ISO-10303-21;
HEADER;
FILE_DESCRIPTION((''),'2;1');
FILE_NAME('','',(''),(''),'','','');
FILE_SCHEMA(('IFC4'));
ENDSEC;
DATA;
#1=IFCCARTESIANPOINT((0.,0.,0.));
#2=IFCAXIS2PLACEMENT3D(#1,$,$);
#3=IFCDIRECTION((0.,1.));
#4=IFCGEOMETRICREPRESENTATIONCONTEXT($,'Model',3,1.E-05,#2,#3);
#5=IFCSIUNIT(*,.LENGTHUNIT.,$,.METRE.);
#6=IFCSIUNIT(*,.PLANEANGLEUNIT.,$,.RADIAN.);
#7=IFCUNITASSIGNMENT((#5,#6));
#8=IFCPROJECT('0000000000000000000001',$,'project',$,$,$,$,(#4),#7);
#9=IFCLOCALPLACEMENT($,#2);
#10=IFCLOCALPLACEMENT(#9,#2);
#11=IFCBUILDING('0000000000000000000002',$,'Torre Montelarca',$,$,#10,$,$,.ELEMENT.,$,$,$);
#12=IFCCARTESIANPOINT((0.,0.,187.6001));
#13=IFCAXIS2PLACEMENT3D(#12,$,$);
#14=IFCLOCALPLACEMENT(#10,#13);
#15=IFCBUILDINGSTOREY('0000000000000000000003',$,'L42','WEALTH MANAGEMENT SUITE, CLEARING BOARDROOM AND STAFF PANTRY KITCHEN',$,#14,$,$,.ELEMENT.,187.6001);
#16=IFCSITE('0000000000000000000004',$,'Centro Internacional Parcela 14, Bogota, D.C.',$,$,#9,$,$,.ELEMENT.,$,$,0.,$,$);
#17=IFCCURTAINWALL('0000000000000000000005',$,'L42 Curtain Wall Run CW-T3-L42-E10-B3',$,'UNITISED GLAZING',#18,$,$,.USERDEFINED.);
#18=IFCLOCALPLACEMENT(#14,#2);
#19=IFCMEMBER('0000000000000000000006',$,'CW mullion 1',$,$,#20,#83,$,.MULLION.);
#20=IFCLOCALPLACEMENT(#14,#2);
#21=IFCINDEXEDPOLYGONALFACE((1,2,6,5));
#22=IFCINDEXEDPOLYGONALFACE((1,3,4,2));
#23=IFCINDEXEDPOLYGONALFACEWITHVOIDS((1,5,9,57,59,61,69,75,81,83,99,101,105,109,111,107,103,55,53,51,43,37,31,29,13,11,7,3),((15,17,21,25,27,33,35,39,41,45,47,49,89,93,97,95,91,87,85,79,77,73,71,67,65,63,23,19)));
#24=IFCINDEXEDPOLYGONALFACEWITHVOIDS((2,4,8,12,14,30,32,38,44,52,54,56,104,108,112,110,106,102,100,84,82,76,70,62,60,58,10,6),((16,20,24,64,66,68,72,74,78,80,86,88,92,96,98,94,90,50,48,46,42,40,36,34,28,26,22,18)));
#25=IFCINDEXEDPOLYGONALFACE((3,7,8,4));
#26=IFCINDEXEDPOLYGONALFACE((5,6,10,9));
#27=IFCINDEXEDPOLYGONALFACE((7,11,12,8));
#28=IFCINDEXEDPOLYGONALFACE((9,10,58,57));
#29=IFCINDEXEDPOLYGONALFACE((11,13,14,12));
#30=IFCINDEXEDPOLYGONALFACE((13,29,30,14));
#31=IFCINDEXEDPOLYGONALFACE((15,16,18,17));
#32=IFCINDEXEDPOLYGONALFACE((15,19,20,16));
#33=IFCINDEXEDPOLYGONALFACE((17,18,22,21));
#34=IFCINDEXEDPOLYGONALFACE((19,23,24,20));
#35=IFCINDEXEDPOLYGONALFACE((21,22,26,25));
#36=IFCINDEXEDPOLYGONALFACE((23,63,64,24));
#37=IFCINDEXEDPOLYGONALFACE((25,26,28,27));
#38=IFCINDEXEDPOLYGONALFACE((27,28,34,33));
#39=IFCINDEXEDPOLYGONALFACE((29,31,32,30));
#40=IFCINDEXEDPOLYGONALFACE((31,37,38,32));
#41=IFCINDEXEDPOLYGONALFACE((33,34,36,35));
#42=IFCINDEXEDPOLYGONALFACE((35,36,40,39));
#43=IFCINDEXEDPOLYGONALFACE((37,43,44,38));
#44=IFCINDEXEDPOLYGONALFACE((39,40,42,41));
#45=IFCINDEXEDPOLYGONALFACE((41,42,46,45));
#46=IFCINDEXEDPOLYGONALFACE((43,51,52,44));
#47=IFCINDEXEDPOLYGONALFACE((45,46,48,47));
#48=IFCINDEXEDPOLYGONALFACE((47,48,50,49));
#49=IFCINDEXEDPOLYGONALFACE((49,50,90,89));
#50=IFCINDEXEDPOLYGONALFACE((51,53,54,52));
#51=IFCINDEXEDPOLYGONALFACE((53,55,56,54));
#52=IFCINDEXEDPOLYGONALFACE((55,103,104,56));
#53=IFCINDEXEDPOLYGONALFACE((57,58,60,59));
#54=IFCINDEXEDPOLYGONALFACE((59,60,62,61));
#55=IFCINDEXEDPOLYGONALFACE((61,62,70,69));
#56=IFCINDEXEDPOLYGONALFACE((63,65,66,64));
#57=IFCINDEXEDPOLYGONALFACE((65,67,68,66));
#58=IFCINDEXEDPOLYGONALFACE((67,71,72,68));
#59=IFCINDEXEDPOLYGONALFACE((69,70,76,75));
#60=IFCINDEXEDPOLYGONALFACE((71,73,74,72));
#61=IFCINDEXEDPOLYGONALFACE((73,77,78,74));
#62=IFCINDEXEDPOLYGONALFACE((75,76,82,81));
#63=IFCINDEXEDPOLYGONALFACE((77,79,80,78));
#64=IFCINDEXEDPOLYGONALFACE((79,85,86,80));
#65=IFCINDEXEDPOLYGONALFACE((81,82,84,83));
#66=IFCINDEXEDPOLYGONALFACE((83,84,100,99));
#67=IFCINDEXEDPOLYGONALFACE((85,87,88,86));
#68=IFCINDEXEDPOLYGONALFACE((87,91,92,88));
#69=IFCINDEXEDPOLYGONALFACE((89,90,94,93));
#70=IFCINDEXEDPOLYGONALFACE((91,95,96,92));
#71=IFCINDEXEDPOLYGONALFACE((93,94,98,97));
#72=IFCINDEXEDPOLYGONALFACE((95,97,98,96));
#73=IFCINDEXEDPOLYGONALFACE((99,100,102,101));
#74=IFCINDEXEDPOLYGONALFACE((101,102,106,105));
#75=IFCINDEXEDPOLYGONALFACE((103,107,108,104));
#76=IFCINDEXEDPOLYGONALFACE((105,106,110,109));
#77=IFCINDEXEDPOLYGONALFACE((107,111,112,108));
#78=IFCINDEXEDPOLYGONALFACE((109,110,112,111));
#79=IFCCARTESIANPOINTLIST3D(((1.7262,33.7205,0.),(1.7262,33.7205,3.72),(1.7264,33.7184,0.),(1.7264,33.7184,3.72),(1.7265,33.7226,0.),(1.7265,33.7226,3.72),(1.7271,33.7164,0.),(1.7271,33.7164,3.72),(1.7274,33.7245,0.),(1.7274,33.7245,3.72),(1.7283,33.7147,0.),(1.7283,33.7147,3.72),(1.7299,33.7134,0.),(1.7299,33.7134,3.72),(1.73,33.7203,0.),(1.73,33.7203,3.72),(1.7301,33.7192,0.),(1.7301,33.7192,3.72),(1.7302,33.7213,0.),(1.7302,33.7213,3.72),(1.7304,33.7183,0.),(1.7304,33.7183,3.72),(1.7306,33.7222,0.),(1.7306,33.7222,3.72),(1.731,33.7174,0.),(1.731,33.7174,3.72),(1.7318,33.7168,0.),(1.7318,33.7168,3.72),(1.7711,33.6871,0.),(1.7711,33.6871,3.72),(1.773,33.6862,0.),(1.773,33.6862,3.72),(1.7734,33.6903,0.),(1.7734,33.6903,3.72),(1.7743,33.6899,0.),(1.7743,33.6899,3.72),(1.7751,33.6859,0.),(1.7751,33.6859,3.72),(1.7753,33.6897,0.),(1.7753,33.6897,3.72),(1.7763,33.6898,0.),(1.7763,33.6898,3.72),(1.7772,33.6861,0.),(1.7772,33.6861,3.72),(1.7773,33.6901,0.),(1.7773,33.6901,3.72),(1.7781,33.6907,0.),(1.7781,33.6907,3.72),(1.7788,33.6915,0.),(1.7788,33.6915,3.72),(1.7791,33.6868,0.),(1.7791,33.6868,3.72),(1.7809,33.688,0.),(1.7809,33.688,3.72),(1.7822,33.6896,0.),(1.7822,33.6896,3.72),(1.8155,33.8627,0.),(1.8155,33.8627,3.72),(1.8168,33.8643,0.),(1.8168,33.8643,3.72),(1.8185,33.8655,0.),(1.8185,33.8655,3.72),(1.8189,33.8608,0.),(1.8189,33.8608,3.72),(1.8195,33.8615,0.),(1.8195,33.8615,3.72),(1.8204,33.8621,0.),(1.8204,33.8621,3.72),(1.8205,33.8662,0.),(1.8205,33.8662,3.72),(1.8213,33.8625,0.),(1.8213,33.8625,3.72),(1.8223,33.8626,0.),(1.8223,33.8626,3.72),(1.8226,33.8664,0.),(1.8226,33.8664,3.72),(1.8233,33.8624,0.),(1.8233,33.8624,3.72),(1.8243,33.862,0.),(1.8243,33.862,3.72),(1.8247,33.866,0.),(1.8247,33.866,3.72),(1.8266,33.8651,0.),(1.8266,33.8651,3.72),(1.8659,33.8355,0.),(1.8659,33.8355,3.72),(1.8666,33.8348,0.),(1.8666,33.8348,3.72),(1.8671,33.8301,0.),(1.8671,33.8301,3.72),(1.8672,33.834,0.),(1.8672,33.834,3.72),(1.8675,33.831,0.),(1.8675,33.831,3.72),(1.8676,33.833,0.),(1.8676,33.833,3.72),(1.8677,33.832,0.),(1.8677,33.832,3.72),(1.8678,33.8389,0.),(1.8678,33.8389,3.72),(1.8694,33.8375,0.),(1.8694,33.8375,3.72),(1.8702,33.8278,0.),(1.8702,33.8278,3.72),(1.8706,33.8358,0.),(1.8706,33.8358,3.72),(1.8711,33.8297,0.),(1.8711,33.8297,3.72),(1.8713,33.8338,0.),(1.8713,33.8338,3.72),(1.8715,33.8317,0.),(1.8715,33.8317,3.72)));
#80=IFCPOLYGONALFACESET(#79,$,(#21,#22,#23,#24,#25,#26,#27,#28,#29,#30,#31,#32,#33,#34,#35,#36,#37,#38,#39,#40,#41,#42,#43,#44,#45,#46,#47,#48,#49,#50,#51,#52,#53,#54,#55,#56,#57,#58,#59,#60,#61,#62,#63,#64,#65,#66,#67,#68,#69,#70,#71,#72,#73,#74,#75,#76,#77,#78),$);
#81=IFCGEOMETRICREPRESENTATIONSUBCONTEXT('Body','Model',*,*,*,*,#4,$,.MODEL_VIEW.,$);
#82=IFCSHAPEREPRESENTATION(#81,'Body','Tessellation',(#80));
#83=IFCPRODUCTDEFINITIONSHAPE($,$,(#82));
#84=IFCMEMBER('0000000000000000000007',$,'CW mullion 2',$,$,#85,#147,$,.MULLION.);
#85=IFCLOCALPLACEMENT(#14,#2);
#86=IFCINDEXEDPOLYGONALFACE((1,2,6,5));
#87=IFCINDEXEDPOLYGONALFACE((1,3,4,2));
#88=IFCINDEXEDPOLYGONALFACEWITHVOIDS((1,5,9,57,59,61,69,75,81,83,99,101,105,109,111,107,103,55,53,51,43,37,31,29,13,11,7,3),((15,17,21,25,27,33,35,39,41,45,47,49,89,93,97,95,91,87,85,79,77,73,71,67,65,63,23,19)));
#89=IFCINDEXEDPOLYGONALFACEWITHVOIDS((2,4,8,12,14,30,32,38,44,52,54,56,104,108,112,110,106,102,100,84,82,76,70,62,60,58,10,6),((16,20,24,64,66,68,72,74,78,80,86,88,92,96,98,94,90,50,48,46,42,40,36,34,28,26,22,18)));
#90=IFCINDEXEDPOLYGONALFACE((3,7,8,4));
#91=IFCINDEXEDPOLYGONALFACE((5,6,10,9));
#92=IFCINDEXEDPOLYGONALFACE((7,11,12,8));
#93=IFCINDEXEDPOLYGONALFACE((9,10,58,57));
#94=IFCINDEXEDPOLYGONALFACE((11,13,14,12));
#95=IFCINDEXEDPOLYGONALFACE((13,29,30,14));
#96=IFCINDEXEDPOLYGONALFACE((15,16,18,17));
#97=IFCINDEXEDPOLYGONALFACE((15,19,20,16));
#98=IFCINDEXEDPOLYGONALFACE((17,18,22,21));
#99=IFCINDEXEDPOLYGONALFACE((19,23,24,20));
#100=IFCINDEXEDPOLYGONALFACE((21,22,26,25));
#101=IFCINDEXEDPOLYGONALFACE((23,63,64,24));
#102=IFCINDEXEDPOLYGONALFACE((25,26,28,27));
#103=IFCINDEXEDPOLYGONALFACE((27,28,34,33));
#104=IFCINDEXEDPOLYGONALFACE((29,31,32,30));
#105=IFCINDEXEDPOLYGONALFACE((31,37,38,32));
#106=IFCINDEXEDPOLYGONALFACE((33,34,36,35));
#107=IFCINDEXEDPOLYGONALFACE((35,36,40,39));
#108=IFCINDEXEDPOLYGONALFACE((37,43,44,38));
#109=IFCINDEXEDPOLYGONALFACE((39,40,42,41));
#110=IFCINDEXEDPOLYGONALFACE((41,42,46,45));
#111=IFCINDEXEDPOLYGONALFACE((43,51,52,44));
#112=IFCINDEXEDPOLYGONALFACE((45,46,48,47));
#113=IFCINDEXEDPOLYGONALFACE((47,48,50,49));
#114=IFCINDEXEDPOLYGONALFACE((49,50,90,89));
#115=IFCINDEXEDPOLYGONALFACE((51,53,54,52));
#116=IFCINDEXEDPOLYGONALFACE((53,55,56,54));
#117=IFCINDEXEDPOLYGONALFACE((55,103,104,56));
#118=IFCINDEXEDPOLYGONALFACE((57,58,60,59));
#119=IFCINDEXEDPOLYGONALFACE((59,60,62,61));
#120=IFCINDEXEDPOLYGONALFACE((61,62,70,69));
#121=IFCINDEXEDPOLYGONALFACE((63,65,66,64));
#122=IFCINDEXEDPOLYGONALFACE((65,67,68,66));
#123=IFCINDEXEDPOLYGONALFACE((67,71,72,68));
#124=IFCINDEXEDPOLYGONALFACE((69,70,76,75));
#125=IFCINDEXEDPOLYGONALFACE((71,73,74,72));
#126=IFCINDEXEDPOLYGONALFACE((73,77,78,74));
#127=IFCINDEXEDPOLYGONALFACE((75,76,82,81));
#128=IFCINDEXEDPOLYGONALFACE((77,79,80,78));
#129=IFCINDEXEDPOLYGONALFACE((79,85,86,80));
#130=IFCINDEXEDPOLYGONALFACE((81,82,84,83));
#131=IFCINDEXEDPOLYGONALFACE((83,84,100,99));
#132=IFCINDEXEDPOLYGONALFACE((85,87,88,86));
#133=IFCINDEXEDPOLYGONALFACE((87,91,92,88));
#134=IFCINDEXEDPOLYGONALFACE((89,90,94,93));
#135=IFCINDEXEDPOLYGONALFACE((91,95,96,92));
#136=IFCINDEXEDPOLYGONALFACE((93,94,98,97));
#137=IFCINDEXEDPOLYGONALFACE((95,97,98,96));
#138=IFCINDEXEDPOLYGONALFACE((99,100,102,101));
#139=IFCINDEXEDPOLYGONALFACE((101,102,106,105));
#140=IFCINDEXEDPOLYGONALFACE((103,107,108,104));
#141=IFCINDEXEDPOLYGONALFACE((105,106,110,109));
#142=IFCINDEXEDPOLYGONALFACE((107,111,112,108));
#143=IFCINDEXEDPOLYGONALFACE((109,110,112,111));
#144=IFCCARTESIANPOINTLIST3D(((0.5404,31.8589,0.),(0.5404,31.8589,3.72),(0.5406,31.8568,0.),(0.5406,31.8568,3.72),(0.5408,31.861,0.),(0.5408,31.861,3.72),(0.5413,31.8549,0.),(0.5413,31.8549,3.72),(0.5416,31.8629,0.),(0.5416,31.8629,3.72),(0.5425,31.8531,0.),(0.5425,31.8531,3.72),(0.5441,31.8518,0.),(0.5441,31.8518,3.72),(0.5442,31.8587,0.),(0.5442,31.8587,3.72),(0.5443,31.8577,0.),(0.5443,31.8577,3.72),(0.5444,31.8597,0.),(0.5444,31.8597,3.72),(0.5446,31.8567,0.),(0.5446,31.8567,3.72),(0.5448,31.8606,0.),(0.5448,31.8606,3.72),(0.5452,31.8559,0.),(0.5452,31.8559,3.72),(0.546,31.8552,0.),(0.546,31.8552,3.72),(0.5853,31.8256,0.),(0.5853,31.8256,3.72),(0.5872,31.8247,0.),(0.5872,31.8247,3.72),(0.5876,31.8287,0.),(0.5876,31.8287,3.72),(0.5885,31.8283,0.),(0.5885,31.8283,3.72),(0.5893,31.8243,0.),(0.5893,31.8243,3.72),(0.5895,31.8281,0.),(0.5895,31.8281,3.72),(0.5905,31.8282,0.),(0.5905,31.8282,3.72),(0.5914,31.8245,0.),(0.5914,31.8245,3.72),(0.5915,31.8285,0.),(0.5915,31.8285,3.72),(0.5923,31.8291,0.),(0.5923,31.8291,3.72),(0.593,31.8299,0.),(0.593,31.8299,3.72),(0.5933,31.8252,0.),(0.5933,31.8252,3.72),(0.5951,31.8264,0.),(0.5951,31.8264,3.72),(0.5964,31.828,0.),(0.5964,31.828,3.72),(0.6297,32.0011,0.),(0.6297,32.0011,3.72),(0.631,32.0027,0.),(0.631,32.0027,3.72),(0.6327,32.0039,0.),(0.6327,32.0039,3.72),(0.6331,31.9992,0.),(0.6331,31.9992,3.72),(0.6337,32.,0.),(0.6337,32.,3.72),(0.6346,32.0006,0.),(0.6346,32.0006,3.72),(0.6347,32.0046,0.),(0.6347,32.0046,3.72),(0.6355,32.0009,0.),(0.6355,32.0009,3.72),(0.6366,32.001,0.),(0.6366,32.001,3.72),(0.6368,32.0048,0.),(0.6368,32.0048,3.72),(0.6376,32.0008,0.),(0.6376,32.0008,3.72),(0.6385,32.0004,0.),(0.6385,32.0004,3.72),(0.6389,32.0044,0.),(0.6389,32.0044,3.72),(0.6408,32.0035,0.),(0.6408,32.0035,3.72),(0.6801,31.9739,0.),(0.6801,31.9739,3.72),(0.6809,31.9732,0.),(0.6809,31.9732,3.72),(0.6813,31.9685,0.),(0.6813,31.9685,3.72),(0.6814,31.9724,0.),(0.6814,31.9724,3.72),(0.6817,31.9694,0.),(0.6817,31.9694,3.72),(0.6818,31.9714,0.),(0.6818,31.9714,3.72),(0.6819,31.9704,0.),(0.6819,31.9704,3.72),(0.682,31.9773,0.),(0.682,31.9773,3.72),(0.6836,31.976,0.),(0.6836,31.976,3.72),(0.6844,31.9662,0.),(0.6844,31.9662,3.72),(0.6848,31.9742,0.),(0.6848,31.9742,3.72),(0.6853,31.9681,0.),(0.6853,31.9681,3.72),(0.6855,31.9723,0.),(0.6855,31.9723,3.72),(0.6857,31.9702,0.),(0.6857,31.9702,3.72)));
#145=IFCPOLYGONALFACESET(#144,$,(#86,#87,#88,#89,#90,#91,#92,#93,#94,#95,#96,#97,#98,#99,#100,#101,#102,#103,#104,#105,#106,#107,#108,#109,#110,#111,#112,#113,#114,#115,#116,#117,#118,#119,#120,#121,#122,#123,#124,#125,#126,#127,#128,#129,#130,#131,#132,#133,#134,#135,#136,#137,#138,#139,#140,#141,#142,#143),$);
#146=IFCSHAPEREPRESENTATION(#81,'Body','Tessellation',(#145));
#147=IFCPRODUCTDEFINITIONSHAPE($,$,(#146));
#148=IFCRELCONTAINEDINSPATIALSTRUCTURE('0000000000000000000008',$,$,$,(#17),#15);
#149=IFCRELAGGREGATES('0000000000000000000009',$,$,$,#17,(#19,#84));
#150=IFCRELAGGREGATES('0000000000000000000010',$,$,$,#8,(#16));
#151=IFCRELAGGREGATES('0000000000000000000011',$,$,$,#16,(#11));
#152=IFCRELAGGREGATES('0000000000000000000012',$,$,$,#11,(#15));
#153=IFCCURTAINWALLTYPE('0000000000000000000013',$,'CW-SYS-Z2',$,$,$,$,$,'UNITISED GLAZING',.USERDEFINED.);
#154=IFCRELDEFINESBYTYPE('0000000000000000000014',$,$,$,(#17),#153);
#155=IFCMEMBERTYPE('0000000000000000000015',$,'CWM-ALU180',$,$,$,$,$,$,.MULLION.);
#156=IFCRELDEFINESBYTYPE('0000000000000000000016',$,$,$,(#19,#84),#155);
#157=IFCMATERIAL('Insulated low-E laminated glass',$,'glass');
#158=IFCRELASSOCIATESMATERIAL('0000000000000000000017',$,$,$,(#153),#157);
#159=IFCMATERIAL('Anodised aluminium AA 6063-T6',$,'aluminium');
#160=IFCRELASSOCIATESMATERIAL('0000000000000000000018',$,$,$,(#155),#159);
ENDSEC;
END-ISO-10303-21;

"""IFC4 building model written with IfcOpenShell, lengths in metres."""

from ifc_helpers import new_model, si_unit, direction, frame, origin, origin_2d, place, context, subcontext, project, spatial, hollow_rectangle, extrude, source, transform, mapped, material, material_profile, profile_set, type_object, element, aggregate, save


model = new_model("IFC4")

# Units and contexts
model_context = context("Model", 3, precision=1e-05, world=origin(), true_north=direction((0.0, 1.0)))
body_context = subcontext(model_context, "Body", "Model", "MODEL_VIEW")
ifc_project = project(units=[si_unit("LENGTHUNIT", "METRE"), si_unit("PLANEANGLEUNIT", "RADIAN")], contexts=[model_context])

# Site, building, storey
site_placement = place(None, origin())
site = spatial("IfcSite", under=ifc_project, at=site_placement, Name="Centro Internacional Parcela 14, Bogota, D.C.", CompositionType="ELEMENT", RefElevation=0.0)
building_placement = place(site_placement, origin())
building = spatial("IfcBuilding", under=site, at=building_placement, Name="Torre Montelarca", CompositionType="ELEMENT")
storey_placement = place(building_placement, frame((0.0, 0.0, 187.6001)))
storey = spatial("IfcBuildingStorey", under=building, at=storey_placement, Name="L42", Description="WEALTH MANAGEMENT SUITE, CLEARING BOARDROOM AND STAFF PANTRY KITCHEN", CompositionType="ELEMENT", Elevation=187.6001)

# Curtain wall, members
ifc_material_1 = material(Name="Insulated low-E laminated glass", Category="glass")
curtain_wall_type = type_object("IfcCurtainWallType", Name="CW-SYS-Z2", ElementType="UNITISED GLAZING", PredefinedType="USERDEFINED", material=ifc_material_1)
ifc_material_2 = material(Name="Anodised aluminium AA 6063-T6", Category="aluminium")
ifc_material_profile_1 = material_profile(ifc_material_2, hollow_rectangle(XDim=0.0649, YDim=0.1799, WallThickness=0.0039, InnerFilletRadius=0.0039, OuterFilletRadius=0.0081, at=origin_2d()), Name="ALU65X180X4", Category="aluminium")
ifc_profile_set_1 = profile_set([ifc_material_profile_1], Name="Anodised aluminium AA 6063-T6")
member_type_1 = type_object("IfcMemberType", Name="CWM-ALU180", PredefinedType="MULLION", material=ifc_profile_set_1)
shared_shape_1 = source(origin(), body_context, "Body", "SweptSolid", [
    extrude(hollow_rectangle(XDim=0.0649, YDim=0.1799, WallThickness=0.0039, InnerFilletRadius=0.0039, OuterFilletRadius=0.0081, at=origin_2d()), origin(), (0.0, 0.0, 1.0), 3.72),
])
curtain_wall_1_placement = place(storey_placement, origin())
curtain_wall_1 = element("IfcCurtainWall", 1, at=curtain_wall_1_placement, inside=storey, type_object=curtain_wall_type, Name="L42 Curtain Wall Run CW-T3-L42-E10-B3", ObjectType="UNITISED GLAZING", PredefinedType="USERDEFINED")
member_1_placement = place(storey_placement, frame((1.7988, 33.7761, 0.0), z_axis=(0.0, 0.0, 1.0), x_axis=(0.843394, -0.537296, 0.0)))
member_1 = element("IfcMember", 2, at=member_1_placement, type_object=member_type_1, Name="CW mullion 1", PredefinedType="MULLION", context=body_context, shape_type="MappedRepresentation", body=[
    mapped(shared_shape_1, transform((0.0, 0.0, 0.0), scale=1.0)),
])
member_2_placement = place(storey_placement, frame((0.613, 31.9146, 0.0), z_axis=(0.0, 0.0, 1.0), x_axis=(0.843394, -0.537296, 0.0)))
member_2 = element("IfcMember", 3, at=member_2_placement, type_object=member_type_1, Name="CW mullion 2", PredefinedType="MULLION", context=body_context, shape_type="MappedRepresentation", body=[
    mapped(shared_shape_1, transform((0.0, 0.0, 0.0), scale=1.0)),
])

aggregate(curtain_wall_1, [member_1, member_2])

save(model, "model.ifc")
